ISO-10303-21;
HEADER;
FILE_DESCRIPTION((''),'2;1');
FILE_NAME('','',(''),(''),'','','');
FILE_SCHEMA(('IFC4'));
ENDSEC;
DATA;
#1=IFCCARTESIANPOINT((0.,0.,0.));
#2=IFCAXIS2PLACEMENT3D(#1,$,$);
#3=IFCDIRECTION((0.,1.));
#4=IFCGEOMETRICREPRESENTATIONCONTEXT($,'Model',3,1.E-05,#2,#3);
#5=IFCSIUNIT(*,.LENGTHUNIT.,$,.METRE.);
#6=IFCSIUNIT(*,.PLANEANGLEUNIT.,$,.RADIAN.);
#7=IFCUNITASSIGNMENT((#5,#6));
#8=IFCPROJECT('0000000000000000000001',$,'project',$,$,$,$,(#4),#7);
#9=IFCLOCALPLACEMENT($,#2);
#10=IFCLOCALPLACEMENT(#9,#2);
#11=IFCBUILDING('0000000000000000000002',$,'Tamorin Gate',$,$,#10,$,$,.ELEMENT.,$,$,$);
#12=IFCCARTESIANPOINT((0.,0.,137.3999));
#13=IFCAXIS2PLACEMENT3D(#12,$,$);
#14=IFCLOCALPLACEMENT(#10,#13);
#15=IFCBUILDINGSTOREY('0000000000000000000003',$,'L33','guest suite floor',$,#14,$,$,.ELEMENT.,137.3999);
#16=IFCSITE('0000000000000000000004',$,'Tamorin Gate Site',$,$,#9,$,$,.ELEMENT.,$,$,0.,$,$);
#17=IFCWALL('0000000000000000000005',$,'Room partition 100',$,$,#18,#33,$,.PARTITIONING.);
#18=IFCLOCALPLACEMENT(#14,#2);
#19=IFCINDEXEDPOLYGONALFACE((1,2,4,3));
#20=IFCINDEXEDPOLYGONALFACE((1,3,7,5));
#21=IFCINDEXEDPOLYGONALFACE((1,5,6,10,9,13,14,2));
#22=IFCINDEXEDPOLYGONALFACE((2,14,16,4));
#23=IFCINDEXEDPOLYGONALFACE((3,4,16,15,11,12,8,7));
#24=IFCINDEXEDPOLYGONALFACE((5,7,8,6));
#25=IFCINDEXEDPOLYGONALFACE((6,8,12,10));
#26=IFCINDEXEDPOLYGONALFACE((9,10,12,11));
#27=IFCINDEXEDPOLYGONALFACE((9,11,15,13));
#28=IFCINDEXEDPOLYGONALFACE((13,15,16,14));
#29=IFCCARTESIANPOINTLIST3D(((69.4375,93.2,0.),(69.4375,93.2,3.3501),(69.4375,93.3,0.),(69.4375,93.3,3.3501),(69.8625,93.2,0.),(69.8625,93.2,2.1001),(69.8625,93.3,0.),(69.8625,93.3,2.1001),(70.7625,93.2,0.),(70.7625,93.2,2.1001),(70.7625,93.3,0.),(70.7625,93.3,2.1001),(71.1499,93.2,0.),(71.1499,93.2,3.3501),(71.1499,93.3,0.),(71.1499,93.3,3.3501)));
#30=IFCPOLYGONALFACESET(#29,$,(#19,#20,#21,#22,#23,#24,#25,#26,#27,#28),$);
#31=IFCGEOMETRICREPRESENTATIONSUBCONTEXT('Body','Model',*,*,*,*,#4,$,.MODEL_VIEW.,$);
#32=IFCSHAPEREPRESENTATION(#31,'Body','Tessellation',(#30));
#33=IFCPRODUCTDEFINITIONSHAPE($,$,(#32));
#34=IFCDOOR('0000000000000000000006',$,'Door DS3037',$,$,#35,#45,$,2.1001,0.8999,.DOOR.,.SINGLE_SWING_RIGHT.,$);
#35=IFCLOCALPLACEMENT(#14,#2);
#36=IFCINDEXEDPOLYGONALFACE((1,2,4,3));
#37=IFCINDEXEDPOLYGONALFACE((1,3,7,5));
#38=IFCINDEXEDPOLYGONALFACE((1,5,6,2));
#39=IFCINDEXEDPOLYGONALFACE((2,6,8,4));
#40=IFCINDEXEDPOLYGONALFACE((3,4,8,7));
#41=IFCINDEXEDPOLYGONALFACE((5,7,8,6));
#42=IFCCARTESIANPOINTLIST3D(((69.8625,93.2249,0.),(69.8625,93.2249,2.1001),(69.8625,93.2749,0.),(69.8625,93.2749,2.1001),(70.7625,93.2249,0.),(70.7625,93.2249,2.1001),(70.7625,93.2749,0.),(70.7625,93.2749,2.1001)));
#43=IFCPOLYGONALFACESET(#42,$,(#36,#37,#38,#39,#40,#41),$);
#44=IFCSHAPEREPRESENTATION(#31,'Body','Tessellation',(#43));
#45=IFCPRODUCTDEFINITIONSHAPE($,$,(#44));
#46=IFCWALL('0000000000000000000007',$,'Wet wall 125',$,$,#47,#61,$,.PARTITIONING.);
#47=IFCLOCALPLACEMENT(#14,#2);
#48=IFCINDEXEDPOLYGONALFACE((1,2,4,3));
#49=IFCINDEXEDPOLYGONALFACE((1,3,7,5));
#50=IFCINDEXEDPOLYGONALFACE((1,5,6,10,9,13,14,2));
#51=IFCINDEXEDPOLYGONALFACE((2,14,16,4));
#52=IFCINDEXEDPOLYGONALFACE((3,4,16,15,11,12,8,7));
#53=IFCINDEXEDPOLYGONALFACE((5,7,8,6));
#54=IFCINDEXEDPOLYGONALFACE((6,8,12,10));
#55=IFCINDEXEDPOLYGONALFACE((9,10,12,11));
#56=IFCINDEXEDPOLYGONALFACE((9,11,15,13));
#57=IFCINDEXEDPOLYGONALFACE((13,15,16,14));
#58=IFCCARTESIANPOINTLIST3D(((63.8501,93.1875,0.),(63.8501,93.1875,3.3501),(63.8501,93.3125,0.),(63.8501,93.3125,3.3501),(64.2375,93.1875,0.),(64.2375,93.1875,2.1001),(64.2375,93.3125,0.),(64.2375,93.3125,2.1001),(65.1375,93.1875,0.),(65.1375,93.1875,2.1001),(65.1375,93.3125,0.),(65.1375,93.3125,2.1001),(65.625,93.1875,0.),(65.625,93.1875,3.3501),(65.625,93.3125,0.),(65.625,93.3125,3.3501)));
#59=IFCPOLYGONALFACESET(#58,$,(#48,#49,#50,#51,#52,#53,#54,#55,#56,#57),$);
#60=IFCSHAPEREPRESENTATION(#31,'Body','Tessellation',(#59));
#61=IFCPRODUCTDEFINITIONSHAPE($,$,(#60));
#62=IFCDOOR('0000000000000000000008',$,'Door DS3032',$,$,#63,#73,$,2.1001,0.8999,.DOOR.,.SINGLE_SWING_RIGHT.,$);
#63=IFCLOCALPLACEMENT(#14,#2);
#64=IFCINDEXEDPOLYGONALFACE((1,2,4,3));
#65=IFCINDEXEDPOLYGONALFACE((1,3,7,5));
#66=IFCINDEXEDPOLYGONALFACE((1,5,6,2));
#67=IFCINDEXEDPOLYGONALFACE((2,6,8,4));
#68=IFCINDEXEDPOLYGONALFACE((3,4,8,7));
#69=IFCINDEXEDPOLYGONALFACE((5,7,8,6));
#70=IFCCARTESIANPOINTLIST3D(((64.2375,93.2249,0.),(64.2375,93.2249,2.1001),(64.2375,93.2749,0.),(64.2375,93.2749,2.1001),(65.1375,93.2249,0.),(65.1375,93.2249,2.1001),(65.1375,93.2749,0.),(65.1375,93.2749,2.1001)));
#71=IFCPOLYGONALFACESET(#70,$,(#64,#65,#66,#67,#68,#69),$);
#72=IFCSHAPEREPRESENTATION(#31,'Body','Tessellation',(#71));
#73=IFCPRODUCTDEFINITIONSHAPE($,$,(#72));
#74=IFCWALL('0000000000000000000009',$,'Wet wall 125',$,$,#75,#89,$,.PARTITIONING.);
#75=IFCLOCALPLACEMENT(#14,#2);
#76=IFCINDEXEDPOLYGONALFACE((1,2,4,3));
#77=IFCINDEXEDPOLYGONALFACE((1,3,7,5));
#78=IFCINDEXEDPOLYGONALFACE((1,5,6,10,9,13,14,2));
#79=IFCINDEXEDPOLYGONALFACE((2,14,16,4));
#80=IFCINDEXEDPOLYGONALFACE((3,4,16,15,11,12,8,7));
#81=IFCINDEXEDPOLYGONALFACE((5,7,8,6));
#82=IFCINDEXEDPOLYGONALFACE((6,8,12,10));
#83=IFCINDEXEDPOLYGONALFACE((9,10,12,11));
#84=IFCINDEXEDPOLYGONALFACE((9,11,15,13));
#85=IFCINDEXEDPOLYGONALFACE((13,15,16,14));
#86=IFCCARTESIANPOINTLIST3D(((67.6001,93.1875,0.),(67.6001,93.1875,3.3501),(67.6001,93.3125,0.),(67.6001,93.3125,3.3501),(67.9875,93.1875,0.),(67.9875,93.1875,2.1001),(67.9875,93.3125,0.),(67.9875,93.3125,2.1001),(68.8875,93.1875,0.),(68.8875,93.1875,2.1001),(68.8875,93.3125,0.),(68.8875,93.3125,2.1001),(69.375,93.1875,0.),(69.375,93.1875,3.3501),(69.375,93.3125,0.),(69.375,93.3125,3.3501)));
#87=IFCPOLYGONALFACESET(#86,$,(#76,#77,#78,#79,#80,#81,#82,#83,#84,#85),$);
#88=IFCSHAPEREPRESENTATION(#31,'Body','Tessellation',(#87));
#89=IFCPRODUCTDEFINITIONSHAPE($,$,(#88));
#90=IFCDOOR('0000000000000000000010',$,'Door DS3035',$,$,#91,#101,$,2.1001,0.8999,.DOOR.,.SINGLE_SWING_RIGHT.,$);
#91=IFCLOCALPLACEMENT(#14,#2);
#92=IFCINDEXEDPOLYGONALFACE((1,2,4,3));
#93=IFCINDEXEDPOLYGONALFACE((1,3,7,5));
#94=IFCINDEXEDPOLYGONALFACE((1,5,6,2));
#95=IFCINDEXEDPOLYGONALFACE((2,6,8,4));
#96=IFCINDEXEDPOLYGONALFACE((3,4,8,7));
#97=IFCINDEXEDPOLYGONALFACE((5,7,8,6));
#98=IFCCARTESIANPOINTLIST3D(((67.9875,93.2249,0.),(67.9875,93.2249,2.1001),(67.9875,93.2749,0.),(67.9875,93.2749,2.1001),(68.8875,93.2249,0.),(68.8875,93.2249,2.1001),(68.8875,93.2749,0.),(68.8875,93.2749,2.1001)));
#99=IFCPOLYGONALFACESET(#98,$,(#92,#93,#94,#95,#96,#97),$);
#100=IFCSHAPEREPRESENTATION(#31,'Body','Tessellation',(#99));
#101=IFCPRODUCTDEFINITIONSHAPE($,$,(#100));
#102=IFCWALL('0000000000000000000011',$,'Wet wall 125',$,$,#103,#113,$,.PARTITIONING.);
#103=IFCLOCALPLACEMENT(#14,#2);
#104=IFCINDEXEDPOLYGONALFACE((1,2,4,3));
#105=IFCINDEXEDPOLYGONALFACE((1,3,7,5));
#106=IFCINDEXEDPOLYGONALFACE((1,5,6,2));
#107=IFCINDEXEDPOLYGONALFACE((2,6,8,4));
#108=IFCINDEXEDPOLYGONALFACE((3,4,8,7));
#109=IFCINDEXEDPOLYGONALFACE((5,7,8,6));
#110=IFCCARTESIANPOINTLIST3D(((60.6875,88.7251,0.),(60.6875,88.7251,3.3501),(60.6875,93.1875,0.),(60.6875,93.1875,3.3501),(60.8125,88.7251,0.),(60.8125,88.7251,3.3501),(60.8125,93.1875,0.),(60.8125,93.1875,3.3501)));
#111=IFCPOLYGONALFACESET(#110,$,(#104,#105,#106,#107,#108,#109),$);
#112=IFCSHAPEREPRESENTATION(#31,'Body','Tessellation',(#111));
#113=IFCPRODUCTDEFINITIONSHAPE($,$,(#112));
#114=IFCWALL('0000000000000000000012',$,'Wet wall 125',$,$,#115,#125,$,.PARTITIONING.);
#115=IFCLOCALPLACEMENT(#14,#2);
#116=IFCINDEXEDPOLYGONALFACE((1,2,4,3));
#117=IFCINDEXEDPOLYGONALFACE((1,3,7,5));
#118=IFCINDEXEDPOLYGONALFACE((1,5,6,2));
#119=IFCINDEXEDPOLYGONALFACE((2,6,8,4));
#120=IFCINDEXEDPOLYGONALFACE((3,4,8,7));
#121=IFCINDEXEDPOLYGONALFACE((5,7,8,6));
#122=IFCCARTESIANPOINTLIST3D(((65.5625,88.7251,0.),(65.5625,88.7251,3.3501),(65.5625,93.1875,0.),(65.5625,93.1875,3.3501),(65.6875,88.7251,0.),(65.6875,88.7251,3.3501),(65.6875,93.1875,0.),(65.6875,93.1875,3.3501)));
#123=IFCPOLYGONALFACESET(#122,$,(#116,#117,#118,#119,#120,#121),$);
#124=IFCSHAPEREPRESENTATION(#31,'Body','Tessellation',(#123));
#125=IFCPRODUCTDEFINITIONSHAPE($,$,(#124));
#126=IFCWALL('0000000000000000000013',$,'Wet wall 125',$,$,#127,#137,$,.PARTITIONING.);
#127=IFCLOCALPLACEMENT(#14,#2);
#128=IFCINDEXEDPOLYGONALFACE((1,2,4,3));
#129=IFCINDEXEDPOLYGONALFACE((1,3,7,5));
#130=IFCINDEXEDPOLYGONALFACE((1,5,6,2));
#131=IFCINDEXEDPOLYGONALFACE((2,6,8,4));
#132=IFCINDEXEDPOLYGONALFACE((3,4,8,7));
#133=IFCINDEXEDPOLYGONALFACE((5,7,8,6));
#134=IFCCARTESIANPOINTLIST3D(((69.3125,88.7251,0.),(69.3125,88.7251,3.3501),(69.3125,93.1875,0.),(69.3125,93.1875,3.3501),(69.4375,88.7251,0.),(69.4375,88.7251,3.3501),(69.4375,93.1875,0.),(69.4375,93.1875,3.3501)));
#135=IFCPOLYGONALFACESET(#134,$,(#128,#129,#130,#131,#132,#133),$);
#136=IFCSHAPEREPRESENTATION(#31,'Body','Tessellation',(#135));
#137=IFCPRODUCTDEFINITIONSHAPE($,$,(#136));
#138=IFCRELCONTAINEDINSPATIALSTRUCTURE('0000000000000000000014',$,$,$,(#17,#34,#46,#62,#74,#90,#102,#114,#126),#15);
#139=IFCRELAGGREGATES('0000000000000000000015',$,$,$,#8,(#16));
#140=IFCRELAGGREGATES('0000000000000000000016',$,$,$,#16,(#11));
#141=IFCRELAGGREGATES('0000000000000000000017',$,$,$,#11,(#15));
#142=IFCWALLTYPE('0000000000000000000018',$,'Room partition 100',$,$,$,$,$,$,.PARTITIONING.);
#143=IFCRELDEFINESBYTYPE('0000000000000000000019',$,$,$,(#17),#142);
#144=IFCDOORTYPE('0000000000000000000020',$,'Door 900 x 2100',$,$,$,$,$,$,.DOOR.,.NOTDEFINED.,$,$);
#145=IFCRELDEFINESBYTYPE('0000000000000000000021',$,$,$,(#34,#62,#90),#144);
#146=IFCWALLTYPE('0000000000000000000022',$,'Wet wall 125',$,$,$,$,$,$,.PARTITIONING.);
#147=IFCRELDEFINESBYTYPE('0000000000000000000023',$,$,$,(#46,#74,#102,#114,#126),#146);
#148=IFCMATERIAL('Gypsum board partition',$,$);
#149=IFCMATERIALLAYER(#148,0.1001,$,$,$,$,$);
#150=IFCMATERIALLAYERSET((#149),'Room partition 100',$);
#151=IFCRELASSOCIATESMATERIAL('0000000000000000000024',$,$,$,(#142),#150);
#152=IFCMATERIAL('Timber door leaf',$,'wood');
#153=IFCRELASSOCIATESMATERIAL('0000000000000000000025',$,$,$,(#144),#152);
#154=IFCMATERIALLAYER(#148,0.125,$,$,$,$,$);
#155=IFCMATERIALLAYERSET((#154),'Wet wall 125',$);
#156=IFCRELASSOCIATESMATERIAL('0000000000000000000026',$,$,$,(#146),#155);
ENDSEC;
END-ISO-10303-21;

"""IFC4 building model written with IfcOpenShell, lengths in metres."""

from ifc_helpers import new_model, si_unit, direction, frame, frame_2d, origin, place, context, subcontext, project, spatial, rectangle, extrude, material, layer, layer_set, type_object, element, fill, save


model = new_model("IFC4")

# Units and contexts
model_context = context("Model", 3, precision=1e-05, world=origin(), true_north=direction((0.0, 1.0)))
body_context = subcontext(model_context, "Body", "Model", "MODEL_VIEW")
ifc_project = project(units=[si_unit("LENGTHUNIT", "METRE"), si_unit("PLANEANGLEUNIT", "RADIAN")], contexts=[model_context])

# Site, building, storey
site_placement = place(None, origin())
site = spatial("IfcSite", under=ifc_project, at=site_placement, Name="Tamorin Gate Site", CompositionType="ELEMENT", RefElevation=0.0)
building_placement = place(site_placement, origin())
building = spatial("IfcBuilding", under=site, at=building_placement, Name="Tamorin Gate", CompositionType="ELEMENT")
storey_placement = place(building_placement, frame((0.0, 0.0, 137.3999)))
storey = spatial("IfcBuildingStorey", under=building, at=storey_placement, Name="L33", Description="guest suite floor", CompositionType="ELEMENT", Elevation=137.3999)

# Shared definitions
ifc_material_1 = material(Name="Gypsum board partition")

# Walls, openings, doors
ifc_layer_1 = layer(ifc_material_1, 0.1001)
ifc_layer_set_1 = layer_set([ifc_layer_1], Name="Room partition 100")
wall_type_1 = type_object("IfcWallType", Name="Room partition 100", PredefinedType="PARTITIONING", material=ifc_layer_set_1)
ifc_material_2 = material(Name="Timber door leaf", Category="wood")
door_type = type_object("IfcDoorType", Name="Door 900 x 2100", OperationType="NOTDEFINED", PredefinedType="DOOR", material=ifc_material_2)
wall_1_placement = place(storey_placement, frame((69.4375, 93.25, 0.0), z_axis=(0.0, 0.0, 1.0), x_axis=(1.0, 0.0, 0.0)))
wall_1 = element("IfcWall", 1, at=wall_1_placement, inside=storey, type_object=wall_type_1, Name="Room partition 100", PredefinedType="PARTITIONING", context=body_context, shape_type="SweptSolid", body=[
    extrude(rectangle(XDim=1.7124, YDim=0.1001, at=frame_2d((0.8562, 0.0))), origin(), (0.0, 0.0, 1.0), 3.3501),
])
opening_1_placement = place(wall_1_placement, frame((0.425, 0.0, 0.0)))
opening_1 = element("IfcOpeningElement", 2, at=opening_1_placement, cuts=wall_1, PredefinedType="OPENING", context=body_context, shape_type="SweptSolid", body=[
    extrude(rectangle(XDim=0.8999, YDim=2.1001, at=frame_2d((0.45, 1.05))), frame((0.0, 0.0601, 0.0), z_axis=(0.0, -1.0, 0.0), x_axis=(1.0, 0.0, 0.0)), (0.0, 0.0, 1.0), 0.1201),
])
door_1_placement = place(opening_1_placement, origin())
door_1 = element("IfcDoor", 3, at=door_1_placement, inside=storey, type_object=door_type, Name="Door DS3037", OperationType="SINGLE_SWING_RIGHT", OverallHeight=2.1001, OverallWidth=0.8999, PredefinedType="DOOR", context=body_context, shape_type="SweptSolid", body=[
    extrude(rectangle(XDim=0.8999, YDim=2.1001, at=frame_2d((0.45, 1.05))), frame((0.0, 0.0249, 0.0), z_axis=(0.0, -1.0, 0.0), x_axis=(1.0, 0.0, 0.0)), (0.0, 0.0, 1.0), 0.05),
])
fill(opening_1, door_1)
ifc_layer_2 = layer(ifc_material_1, 0.125)
ifc_layer_set_2 = layer_set([ifc_layer_2], Name="Wet wall 125")
wall_type_2 = type_object("IfcWallType", Name="Wet wall 125", PredefinedType="PARTITIONING", material=ifc_layer_set_2)
wall_2_placement = place(storey_placement, frame((63.8501, 93.25, 0.0), z_axis=(0.0, 0.0, 1.0), x_axis=(1.0, 0.0, 0.0)))
wall_2 = element("IfcWall", 4, at=wall_2_placement, inside=storey, type_object=wall_type_2, Name="Wet wall 125", PredefinedType="PARTITIONING", context=body_context, shape_type="SweptSolid", body=[
    extrude(rectangle(XDim=1.7749, YDim=0.125, at=frame_2d((0.8875, 0.0))), origin(), (0.0, 0.0, 1.0), 3.3501),
])
opening_2_placement = place(wall_2_placement, frame((0.3875, 0.0, 0.0)))
opening_2 = element("IfcOpeningElement", 5, at=opening_2_placement, cuts=wall_2, PredefinedType="OPENING", context=body_context, shape_type="SweptSolid", body=[
    extrude(rectangle(XDim=0.8999, YDim=2.1001, at=frame_2d((0.45, 1.05))), frame((0.0, 0.0725, 0.0), z_axis=(0.0, -1.0, 0.0), x_axis=(1.0, 0.0, 0.0)), (0.0, 0.0, 1.0), 0.145),
])
door_2_placement = place(opening_2_placement, origin())
door_2 = element("IfcDoor", 6, at=door_2_placement, inside=storey, type_object=door_type, Name="Door DS3032", OperationType="SINGLE_SWING_RIGHT", OverallHeight=2.1001, OverallWidth=0.8999, PredefinedType="DOOR", context=body_context, shape_type="SweptSolid", body=[
    extrude(rectangle(XDim=0.8999, YDim=2.1001, at=frame_2d((0.45, 1.05))), frame((0.0, 0.0249, 0.0), z_axis=(0.0, -1.0, 0.0), x_axis=(1.0, 0.0, 0.0)), (0.0, 0.0, 1.0), 0.05),
])
fill(opening_2, door_2)
wall_3_placement = place(storey_placement, frame((67.6001, 93.25, 0.0), z_axis=(0.0, 0.0, 1.0), x_axis=(1.0, 0.0, 0.0)))
wall_3 = element("IfcWall", 7, at=wall_3_placement, inside=storey, type_object=wall_type_2, Name="Wet wall 125", PredefinedType="PARTITIONING", context=body_context, shape_type="SweptSolid", body=[
    extrude(rectangle(XDim=1.7749, YDim=0.125, at=frame_2d((0.8875, 0.0))), origin(), (0.0, 0.0, 1.0), 3.3501),
])
opening_3_placement = place(wall_3_placement, frame((0.3875, 0.0, 0.0)))
opening_3 = element("IfcOpeningElement", 8, at=opening_3_placement, cuts=wall_3, PredefinedType="OPENING", context=body_context, shape_type="SweptSolid", body=[
    extrude(rectangle(XDim=0.8999, YDim=2.1001, at=frame_2d((0.45, 1.05))), frame((0.0, 0.0725, 0.0), z_axis=(0.0, -1.0, 0.0), x_axis=(1.0, 0.0, 0.0)), (0.0, 0.0, 1.0), 0.145),
])
door_3_placement = place(opening_3_placement, origin())
door_3 = element("IfcDoor", 9, at=door_3_placement, inside=storey, type_object=door_type, Name="Door DS3035", OperationType="SINGLE_SWING_RIGHT", OverallHeight=2.1001, OverallWidth=0.8999, PredefinedType="DOOR", context=body_context, shape_type="SweptSolid", body=[
    extrude(rectangle(XDim=0.8999, YDim=2.1001, at=frame_2d((0.45, 1.05))), frame((0.0, 0.0249, 0.0), z_axis=(0.0, -1.0, 0.0), x_axis=(1.0, 0.0, 0.0)), (0.0, 0.0, 1.0), 0.05),
])
fill(opening_3, door_3)

# Walls
for number, where, z_axis, x_axis, name in (
    (10, (60.75, 88.7251, 0.0), (0.0, 0.0, 1.0), (0.0, 1.0, 0.0), "Wet wall 125"),
    (11, (65.625, 88.7251, 0.0), (0.0, 0.0, 1.0), (0.0, 1.0, 0.0), "Wet wall 125"),
    (12, (69.375, 88.7251, 0.0), (0.0, 0.0, 1.0), (0.0, 1.0, 0.0), "Wet wall 125"),
):
    element("IfcWall", number, at=place(storey_placement, frame(where, z_axis=z_axis, x_axis=x_axis)), inside=storey, type_object=wall_type_2, Name=name, PredefinedType="PARTITIONING", context=body_context, shape_type="SweptSolid", body=[
        extrude(rectangle(XDim=4.4624, YDim=0.125, at=frame_2d((2.2312, 0.0))), origin(), (0.0, 0.0, 1.0), 3.3501),
    ])

save(model, "model.ifc")
